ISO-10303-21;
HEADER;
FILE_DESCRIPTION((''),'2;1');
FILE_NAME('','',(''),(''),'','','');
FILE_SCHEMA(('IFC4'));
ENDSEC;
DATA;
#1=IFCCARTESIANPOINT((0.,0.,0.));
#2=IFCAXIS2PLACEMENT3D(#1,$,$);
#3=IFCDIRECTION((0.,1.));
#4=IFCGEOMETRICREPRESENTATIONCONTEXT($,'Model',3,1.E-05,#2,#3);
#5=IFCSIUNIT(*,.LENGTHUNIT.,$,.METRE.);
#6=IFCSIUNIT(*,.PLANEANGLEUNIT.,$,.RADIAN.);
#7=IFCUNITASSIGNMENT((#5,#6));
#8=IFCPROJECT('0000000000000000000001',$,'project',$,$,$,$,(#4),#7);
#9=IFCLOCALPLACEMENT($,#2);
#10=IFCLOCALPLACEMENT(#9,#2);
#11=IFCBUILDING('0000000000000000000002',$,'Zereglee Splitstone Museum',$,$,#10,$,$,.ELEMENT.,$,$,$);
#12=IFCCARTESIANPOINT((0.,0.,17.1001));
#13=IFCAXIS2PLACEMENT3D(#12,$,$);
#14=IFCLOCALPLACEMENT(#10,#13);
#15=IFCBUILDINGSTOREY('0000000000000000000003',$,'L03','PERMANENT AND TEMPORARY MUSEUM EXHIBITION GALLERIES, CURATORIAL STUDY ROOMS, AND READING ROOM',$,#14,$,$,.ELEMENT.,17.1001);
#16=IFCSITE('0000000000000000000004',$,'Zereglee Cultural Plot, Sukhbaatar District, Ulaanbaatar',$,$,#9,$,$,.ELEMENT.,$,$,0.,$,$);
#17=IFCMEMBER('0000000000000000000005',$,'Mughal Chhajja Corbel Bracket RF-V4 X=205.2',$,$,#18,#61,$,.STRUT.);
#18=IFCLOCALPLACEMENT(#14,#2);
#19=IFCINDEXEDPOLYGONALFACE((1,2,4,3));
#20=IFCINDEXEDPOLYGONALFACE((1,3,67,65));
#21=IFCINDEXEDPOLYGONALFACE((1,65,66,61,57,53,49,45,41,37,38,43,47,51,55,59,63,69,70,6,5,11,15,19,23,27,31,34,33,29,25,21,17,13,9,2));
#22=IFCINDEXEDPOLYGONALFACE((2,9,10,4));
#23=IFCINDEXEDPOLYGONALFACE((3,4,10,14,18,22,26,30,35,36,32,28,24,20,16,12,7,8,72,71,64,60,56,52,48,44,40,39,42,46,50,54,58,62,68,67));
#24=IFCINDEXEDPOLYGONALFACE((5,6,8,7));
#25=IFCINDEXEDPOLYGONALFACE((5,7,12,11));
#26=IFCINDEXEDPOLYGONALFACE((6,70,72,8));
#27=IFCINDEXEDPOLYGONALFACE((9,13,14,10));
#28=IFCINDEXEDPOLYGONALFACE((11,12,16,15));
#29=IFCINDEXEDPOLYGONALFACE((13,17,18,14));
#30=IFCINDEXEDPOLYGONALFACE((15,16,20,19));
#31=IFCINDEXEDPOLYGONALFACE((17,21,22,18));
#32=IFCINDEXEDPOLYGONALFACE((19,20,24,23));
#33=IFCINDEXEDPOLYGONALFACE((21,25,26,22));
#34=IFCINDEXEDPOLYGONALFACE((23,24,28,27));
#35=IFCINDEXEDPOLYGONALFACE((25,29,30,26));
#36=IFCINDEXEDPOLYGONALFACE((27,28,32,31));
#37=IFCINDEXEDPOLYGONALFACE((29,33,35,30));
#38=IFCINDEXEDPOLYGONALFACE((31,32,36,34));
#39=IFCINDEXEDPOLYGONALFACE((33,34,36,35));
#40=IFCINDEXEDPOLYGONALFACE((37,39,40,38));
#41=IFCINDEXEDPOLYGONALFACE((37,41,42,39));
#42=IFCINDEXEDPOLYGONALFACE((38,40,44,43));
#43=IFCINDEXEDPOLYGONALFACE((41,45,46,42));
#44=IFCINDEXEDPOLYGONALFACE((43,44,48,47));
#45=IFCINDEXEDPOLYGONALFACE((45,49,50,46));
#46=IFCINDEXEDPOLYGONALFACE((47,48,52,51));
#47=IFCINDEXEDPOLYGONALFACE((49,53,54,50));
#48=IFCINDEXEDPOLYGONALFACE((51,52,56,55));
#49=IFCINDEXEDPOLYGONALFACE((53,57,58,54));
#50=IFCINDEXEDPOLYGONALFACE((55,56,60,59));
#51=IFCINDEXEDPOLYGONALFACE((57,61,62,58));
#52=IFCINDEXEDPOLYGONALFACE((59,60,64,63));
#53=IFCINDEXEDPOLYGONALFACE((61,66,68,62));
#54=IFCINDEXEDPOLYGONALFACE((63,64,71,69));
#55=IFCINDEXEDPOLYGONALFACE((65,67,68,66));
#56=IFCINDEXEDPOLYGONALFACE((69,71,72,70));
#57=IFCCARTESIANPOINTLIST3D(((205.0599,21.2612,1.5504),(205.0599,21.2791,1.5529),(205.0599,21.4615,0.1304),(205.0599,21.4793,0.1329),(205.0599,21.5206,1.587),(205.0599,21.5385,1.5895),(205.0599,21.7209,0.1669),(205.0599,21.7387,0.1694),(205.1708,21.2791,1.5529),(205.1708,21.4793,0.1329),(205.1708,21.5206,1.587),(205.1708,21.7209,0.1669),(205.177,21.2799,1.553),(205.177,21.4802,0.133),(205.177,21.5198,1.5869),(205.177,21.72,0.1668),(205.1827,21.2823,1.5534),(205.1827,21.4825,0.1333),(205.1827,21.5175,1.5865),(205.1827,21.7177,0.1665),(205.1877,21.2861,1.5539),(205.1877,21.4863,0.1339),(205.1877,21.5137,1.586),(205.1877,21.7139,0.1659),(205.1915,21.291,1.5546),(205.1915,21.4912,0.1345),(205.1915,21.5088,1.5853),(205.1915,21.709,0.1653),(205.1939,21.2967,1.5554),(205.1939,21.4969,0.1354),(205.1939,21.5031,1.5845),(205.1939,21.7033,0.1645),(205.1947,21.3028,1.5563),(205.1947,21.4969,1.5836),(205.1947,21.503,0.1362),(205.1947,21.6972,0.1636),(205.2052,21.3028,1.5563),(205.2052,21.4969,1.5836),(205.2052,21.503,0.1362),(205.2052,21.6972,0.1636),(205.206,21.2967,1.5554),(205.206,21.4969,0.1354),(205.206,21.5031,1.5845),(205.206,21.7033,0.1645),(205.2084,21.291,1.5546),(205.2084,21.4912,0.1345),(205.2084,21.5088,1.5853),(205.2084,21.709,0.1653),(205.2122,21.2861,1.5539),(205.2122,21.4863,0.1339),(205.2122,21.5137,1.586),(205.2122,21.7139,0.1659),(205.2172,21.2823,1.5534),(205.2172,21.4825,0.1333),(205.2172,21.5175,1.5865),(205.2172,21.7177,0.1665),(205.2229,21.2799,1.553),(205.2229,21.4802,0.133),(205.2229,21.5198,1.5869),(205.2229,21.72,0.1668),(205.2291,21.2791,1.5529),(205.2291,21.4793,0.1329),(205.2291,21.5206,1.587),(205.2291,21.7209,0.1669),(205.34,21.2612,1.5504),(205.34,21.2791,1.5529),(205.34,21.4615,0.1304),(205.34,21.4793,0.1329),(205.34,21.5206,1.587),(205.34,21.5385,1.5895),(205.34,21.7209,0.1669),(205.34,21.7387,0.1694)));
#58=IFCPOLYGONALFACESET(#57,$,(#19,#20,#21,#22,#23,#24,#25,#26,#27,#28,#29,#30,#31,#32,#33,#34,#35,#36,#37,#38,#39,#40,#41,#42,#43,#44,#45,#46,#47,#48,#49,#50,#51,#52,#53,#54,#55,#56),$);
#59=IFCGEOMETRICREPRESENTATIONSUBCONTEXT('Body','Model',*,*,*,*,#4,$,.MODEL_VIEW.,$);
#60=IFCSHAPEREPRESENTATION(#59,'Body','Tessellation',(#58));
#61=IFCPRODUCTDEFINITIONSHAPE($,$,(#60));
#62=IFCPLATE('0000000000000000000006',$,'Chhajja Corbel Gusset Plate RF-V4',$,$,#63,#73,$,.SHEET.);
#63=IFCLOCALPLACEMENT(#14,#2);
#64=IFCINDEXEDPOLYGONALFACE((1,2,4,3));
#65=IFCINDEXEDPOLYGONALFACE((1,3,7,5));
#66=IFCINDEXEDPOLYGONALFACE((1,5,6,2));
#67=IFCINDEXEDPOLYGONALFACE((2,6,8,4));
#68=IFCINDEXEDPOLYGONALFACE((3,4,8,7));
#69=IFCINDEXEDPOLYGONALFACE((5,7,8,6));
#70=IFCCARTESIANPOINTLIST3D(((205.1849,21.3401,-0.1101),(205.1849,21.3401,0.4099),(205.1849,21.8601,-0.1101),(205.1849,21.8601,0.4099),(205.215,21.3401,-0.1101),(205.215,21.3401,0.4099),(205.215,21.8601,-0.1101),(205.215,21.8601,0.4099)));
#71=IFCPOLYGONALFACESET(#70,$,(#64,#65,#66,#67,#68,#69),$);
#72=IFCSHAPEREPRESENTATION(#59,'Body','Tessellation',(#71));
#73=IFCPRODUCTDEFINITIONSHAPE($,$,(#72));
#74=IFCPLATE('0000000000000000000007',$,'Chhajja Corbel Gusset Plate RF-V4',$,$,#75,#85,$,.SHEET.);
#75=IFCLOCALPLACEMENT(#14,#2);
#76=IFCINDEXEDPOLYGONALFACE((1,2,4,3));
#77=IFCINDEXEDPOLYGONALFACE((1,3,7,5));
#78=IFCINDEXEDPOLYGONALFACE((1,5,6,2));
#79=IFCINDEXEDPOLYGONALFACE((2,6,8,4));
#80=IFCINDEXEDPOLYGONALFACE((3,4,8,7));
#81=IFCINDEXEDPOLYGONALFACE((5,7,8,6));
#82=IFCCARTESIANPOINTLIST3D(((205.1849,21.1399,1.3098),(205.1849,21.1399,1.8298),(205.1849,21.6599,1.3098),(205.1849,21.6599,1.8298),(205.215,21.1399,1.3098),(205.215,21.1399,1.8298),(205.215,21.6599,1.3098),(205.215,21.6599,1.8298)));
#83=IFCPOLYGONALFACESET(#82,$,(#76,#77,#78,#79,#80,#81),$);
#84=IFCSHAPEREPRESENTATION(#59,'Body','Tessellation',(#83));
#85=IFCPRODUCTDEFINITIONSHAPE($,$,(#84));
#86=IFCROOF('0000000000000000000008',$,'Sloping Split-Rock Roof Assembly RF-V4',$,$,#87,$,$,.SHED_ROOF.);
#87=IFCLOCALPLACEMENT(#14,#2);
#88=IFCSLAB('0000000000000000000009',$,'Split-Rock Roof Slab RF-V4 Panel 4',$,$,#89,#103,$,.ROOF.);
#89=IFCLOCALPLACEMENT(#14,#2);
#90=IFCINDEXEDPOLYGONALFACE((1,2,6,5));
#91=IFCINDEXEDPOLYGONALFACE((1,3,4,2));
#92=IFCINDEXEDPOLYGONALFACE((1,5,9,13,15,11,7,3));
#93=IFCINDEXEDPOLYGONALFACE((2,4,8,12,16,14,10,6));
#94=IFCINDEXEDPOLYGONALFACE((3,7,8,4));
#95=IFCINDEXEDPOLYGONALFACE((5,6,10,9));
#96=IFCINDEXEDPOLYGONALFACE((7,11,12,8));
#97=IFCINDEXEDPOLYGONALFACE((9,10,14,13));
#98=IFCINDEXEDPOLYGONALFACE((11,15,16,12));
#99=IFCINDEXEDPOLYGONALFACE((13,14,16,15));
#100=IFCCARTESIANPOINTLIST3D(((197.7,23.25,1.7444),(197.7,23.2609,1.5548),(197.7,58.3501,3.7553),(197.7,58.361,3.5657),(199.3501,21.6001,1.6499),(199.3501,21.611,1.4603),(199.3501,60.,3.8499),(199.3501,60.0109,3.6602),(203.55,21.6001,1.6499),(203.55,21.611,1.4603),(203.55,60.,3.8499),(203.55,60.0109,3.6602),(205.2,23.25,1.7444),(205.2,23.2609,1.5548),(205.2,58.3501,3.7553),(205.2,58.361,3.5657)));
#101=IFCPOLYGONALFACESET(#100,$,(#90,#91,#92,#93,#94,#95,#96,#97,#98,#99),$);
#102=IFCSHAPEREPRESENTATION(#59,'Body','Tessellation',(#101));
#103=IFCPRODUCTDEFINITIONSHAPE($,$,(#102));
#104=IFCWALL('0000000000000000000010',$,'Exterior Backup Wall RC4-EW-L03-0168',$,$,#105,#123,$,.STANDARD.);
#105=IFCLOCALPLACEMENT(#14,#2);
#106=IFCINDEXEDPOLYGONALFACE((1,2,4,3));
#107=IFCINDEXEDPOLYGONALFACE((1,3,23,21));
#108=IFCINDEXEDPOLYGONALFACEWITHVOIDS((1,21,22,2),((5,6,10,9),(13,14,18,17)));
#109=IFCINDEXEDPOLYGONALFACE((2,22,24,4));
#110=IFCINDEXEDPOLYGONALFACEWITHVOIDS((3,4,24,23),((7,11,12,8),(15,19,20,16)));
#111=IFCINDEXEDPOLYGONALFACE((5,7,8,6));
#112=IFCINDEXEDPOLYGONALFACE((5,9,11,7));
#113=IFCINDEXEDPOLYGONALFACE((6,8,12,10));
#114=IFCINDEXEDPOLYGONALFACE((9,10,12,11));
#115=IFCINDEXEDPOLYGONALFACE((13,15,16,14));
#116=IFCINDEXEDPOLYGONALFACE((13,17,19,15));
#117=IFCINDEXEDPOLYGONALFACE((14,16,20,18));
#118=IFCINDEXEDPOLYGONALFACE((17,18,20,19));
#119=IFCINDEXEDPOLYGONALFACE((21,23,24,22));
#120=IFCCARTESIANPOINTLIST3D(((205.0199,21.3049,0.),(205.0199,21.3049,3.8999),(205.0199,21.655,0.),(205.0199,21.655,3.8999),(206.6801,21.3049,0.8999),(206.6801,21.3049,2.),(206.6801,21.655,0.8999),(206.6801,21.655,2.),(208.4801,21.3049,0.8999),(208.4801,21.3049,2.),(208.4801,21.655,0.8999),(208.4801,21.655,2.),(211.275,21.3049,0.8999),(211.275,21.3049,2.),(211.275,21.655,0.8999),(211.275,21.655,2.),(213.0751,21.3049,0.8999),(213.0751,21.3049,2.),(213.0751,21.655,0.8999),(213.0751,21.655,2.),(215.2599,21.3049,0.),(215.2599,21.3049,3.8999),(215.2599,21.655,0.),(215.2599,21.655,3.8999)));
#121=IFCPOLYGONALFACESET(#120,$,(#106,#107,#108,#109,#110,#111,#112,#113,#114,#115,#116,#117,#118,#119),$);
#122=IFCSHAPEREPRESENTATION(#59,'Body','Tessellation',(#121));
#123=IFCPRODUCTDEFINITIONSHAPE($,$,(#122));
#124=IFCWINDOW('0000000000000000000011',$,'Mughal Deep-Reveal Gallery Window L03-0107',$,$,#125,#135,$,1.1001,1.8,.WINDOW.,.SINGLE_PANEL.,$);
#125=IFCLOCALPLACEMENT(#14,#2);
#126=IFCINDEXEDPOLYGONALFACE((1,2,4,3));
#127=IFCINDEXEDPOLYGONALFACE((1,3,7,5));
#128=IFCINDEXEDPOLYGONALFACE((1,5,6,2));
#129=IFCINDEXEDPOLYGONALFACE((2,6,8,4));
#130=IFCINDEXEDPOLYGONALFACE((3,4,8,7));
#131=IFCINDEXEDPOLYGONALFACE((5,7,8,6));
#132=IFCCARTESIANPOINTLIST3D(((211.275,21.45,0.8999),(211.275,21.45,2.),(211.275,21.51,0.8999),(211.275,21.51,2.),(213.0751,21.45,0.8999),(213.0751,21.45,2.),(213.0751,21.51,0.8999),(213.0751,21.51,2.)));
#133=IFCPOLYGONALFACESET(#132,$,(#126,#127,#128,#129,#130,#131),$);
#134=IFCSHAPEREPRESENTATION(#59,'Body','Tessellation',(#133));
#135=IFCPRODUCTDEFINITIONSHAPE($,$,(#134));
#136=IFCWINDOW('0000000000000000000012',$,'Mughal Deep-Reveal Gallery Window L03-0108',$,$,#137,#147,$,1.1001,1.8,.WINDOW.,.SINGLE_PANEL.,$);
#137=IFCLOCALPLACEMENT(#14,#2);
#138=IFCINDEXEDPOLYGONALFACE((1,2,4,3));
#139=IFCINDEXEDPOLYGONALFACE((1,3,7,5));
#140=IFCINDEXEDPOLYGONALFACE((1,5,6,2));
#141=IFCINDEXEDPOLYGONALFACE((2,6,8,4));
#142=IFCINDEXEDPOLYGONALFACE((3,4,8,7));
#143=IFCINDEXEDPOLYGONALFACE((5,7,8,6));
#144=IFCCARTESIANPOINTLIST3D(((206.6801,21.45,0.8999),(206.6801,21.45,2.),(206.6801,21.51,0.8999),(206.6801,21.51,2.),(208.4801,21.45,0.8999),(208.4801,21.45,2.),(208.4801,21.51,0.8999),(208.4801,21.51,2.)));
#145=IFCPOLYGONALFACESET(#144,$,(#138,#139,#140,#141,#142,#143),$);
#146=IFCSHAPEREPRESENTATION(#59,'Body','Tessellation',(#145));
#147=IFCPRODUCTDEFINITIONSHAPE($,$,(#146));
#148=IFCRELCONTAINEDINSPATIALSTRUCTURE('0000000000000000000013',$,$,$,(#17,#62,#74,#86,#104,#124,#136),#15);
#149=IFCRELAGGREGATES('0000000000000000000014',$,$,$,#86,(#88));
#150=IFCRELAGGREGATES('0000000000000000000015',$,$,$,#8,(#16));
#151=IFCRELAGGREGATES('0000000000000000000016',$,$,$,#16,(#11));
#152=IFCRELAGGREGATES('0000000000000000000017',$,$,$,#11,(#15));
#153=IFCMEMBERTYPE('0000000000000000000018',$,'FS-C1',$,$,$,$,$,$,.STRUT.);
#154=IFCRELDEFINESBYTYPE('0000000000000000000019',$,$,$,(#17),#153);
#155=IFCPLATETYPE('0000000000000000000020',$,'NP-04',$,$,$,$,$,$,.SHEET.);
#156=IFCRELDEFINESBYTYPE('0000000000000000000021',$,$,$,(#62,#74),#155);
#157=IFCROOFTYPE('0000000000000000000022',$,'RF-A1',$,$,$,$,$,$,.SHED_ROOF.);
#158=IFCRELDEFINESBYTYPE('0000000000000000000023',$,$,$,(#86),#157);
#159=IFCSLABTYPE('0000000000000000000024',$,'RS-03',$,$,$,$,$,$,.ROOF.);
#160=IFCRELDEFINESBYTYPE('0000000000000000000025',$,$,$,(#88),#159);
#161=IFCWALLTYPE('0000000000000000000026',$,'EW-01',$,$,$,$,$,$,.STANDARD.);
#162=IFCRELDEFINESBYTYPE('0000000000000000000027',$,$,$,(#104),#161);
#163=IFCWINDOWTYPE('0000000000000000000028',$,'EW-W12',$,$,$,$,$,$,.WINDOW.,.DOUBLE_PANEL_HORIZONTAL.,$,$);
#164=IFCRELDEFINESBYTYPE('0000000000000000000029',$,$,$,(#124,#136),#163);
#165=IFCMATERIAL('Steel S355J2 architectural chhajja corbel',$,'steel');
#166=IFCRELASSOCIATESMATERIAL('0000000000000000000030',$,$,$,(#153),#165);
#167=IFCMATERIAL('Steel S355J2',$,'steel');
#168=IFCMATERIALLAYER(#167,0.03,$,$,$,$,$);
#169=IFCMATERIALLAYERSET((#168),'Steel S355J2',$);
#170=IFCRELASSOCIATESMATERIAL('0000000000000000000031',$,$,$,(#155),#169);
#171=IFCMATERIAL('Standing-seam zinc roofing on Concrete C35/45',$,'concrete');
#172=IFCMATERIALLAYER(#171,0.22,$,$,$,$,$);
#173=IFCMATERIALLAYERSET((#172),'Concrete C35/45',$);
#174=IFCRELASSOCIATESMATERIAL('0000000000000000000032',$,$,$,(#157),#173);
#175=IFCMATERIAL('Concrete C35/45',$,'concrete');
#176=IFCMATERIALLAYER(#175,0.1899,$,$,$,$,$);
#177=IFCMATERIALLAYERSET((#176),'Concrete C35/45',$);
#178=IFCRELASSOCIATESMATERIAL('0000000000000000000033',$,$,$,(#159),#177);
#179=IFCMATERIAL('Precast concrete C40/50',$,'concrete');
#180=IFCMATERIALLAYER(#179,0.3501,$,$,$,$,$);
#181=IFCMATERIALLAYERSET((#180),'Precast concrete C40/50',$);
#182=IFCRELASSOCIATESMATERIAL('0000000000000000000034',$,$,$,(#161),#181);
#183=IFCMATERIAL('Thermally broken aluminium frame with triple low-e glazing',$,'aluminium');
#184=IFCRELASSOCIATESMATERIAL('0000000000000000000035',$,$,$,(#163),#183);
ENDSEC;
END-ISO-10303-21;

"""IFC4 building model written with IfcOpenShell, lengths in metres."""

from ifc_helpers import new_model, si_unit, direction, frame, frame_2d, origin, origin_2d, place, context, subcontext, project, spatial, polyline, rectangle, i_section, outline, extrude, material, layer, layer_set, material_profile, profile_set, type_object, element, fill, aggregate, save


model = new_model("IFC4")

# Units and contexts
model_context = context("Model", 3, precision=1e-05, world=origin(), true_north=direction((0.0, 1.0)))
body_context = subcontext(model_context, "Body", "Model", "MODEL_VIEW")
ifc_project = project(units=[si_unit("LENGTHUNIT", "METRE"), si_unit("PLANEANGLEUNIT", "RADIAN")], contexts=[model_context])

# Site, building, storey
site_placement = place(None, origin())
site = spatial("IfcSite", under=ifc_project, at=site_placement, Name="Zereglee Cultural Plot, Sukhbaatar District, Ulaanbaatar", CompositionType="ELEMENT", RefElevation=0.0)
building_placement = place(site_placement, origin())
building = spatial("IfcBuilding", under=site, at=building_placement, Name="Zereglee Splitstone Museum", CompositionType="ELEMENT")
storey_placement = place(building_placement, frame((0.0, 0.0, 17.1001)))
storey = spatial("IfcBuildingStorey", under=building, at=storey_placement, Name="L03", Description="PERMANENT AND TEMPORARY MUSEUM EXHIBITION GALLERIES, CURATORIAL STUDY ROOMS, AND READING ROOM", CompositionType="ELEMENT", Elevation=17.1001)

# Shared definitions
ifc_material_1 = material(Name="Steel S355J2", Category="steel")

# Member
ifc_material_2 = material(Name="Steel S355J2 architectural chhajja corbel", Category="steel")
ifc_material_profile_1 = material_profile(ifc_material_2, i_section(OverallWidth=0.28, OverallDepth=0.28, WebThickness=0.0105, FlangeThickness=0.0181, FilletRadius=0.0239, at=origin_2d()), Name="HE 280 B")
ifc_profile_set_1 = profile_set([ifc_material_profile_1], Name="Steel S355J2 architectural chhajja corbel")
member_type = type_object("IfcMemberType", Name="FS-C1", PredefinedType="STRUT", material=ifc_profile_set_1)
member_placement = place(storey_placement, frame((205.2, 21.6001, 0.1499), z_axis=(0.0, -0.13961, 0.990207), x_axis=(1.0, 0.0, 0.0)))
element("IfcMember", 1, at=member_placement, inside=storey, type_object=member_type, Name="Mughal Chhajja Corbel Bracket RF-V4 X=205.2", PredefinedType="STRUT", context=body_context, shape_type="SweptSolid", body=[
    extrude(i_section(OverallWidth=0.28, OverallDepth=0.28, WebThickness=0.0105, FlangeThickness=0.0181, FilletRadius=0.0239, at=origin_2d()), origin(), (0.0, 0.0, 1.0), 1.4341),
])

# Plates
ifc_layer_1 = layer(ifc_material_1, 0.03)
ifc_layer_set_1 = layer_set([ifc_layer_1], Name="Steel S355J2")
plate_type = type_object("IfcPlateType", Name="NP-04", PredefinedType="SHEET", material=ifc_layer_set_1)
for number, where, z_axis, x_axis, name in (
    (2, (205.2, 21.6001, -0.1101), (0.0, 0.0, 1.0), (1.0, 0.0, 0.0), "Chhajja Corbel Gusset Plate RF-V4"),
    (3, (205.2, 21.3999, 1.3098), (0.0, 0.0, 1.0), (1.0, 0.0, 0.0), "Chhajja Corbel Gusset Plate RF-V4"),
):
    element("IfcPlate", number, at=place(storey_placement, frame(where, z_axis=z_axis, x_axis=x_axis)), inside=storey, type_object=plate_type, Name=name, PredefinedType="SHEET", context=body_context, shape_type="SweptSolid", body=[
        extrude(rectangle(XDim=0.03, YDim=0.52, at=origin_2d()), origin(), (0.0, 0.0, 1.0), 0.52),
    ])

# Roof, slab
ifc_material_3 = material(Name="Standing-seam zinc roofing on Concrete C35/45", Category="concrete")
ifc_layer_2 = layer(ifc_material_3, 0.22)
ifc_layer_set_2 = layer_set([ifc_layer_2], Name="Concrete C35/45")
roof_type = type_object("IfcRoofType", Name="RF-A1", PredefinedType="SHED_ROOF", material=ifc_layer_set_2)
roof_placement = place(storey_placement, origin())
roof = element("IfcRoof", 4, at=roof_placement, inside=storey, type_object=roof_type, Name="Sloping Split-Rock Roof Assembly RF-V4", PredefinedType="SHED_ROOF")
ifc_material_4 = material(Name="Concrete C35/45", Category="concrete")
ifc_layer_3 = layer(ifc_material_4, 0.1899)
ifc_layer_set_3 = layer_set([ifc_layer_3], Name="Concrete C35/45")
slab_type = type_object("IfcSlabType", Name="RS-03", PredefinedType="ROOF", material=ifc_layer_set_3)
slab_placement = place(storey_placement, frame((199.3501, 21.6001, 1.6499), z_axis=(0.0, -0.057197, 0.998363), x_axis=(1.0, 0.0, 0.0)))
slab = element("IfcSlab", 5, at=slab_placement, type_object=slab_type, Name="Split-Rock Roof Slab RF-V4 Panel 4", PredefinedType="ROOF", context=body_context, shape_type="SweptSolid", body=[
    extrude(outline(polyline([(0.0, 0.0), (4.2, 0.0), (5.8499, 1.6526), (5.8499, 36.8103), (4.2, 38.4629), (0.0, 38.4629), (-1.6501, 36.8103), (-1.6501, 1.6526), (0.0, 0.0)])), origin(), (0.0, 0.0, -1.0), 0.1899),
])
aggregate(roof, [slab])

# Wall, openings, windows
ifc_material_5 = material(Name="Precast concrete C40/50", Category="concrete")
ifc_layer_4 = layer(ifc_material_5, 0.3501)
ifc_layer_set_4 = layer_set([ifc_layer_4], Name="Precast concrete C40/50")
wall_type_1 = type_object("IfcWallType", Name="EW-01", PredefinedType="STANDARD", material=ifc_layer_set_4)
wall_1_placement = place(storey_placement, frame((215.26, 21.48, 0.0), z_axis=(0.0, 0.0, 1.0), x_axis=(-1.0, 0.0, 0.0)))
wall_1 = element("IfcWall", 6, at=wall_1_placement, inside=storey, type_object=wall_type_1, Name="Exterior Backup Wall RC4-EW-L03-0168", PredefinedType="STANDARD", context=body_context, shape_type="SweptSolid", body=[
    extrude(rectangle(XDim=10.24, YDim=0.3501, at=frame_2d((5.1201, 0.0))), origin(), (0.0, 0.0, 1.0), 3.8999),
])
opening_1_placement = place(wall_1_placement, frame((2.1851, 0.0, 0.8999)))
opening_1 = element("IfcOpeningElement", 7, at=opening_1_placement, cuts=wall_1, PredefinedType="OPENING", context=body_context, shape_type="SweptSolid", body=[
    extrude(rectangle(XDim=1.8, YDim=1.1001, at=frame_2d((0.8999, 0.55))), frame((0.0, 0.1899, 0.0), z_axis=(0.0, -1.0, 0.0), x_axis=(1.0, 0.0, 0.0)), (0.0, 0.0, 1.0), 0.3799),
])
opening_2_placement = place(wall_1_placement, frame((6.78, 0.0, 0.8999)))
opening_2 = element("IfcOpeningElement", 8, at=opening_2_placement, cuts=wall_1, PredefinedType="OPENING", context=body_context, shape_type="SweptSolid", body=[
    extrude(rectangle(XDim=1.8, YDim=1.1001, at=frame_2d((0.8999, 0.55))), frame((0.0, 0.1899, 0.0), z_axis=(0.0, -1.0, 0.0), x_axis=(1.0, 0.0, 0.0)), (0.0, 0.0, 1.0), 0.3799),
])
ifc_material_6 = material(Name="Thermally broken aluminium frame with triple low-e glazing", Category="aluminium")
window_type_1 = type_object("IfcWindowType", Name="EW-W12", PartitioningType="DOUBLE_PANEL_HORIZONTAL", PredefinedType="WINDOW", material=ifc_material_6)
window_1_placement = place(opening_1_placement, origin())
window_1 = element("IfcWindow", 9, at=window_1_placement, inside=storey, type_object=window_type_1, Name="Mughal Deep-Reveal Gallery Window L03-0107", OverallHeight=1.1001, OverallWidth=1.8, PartitioningType="SINGLE_PANEL", PredefinedType="WINDOW", context=body_context, shape_type="SweptSolid", body=[
    extrude(rectangle(XDim=1.8, YDim=1.1001, at=frame_2d((0.8999, 0.55))), frame((0.0, 0.03, 0.0), z_axis=(0.0, -1.0, 0.0), x_axis=(1.0, 0.0, 0.0)), (0.0, 0.0, 1.0), 0.0601),
])
fill(opening_1, window_1)
window_2_placement = place(opening_2_placement, origin())
window_2 = element("IfcWindow", 10, at=window_2_placement, inside=storey, type_object=window_type_1, Name="Mughal Deep-Reveal Gallery Window L03-0108", OverallHeight=1.1001, OverallWidth=1.8, PartitioningType="SINGLE_PANEL", PredefinedType="WINDOW", context=body_context, shape_type="SweptSolid", body=[
    extrude(rectangle(XDim=1.8, YDim=1.1001, at=frame_2d((0.8999, 0.55))), frame((0.0, 0.03, 0.0), z_axis=(0.0, -1.0, 0.0), x_axis=(1.0, 0.0, 0.0)), (0.0, 0.0, 1.0), 0.0601),
])
fill(opening_2, window_2)

save(model, "model.ifc")
